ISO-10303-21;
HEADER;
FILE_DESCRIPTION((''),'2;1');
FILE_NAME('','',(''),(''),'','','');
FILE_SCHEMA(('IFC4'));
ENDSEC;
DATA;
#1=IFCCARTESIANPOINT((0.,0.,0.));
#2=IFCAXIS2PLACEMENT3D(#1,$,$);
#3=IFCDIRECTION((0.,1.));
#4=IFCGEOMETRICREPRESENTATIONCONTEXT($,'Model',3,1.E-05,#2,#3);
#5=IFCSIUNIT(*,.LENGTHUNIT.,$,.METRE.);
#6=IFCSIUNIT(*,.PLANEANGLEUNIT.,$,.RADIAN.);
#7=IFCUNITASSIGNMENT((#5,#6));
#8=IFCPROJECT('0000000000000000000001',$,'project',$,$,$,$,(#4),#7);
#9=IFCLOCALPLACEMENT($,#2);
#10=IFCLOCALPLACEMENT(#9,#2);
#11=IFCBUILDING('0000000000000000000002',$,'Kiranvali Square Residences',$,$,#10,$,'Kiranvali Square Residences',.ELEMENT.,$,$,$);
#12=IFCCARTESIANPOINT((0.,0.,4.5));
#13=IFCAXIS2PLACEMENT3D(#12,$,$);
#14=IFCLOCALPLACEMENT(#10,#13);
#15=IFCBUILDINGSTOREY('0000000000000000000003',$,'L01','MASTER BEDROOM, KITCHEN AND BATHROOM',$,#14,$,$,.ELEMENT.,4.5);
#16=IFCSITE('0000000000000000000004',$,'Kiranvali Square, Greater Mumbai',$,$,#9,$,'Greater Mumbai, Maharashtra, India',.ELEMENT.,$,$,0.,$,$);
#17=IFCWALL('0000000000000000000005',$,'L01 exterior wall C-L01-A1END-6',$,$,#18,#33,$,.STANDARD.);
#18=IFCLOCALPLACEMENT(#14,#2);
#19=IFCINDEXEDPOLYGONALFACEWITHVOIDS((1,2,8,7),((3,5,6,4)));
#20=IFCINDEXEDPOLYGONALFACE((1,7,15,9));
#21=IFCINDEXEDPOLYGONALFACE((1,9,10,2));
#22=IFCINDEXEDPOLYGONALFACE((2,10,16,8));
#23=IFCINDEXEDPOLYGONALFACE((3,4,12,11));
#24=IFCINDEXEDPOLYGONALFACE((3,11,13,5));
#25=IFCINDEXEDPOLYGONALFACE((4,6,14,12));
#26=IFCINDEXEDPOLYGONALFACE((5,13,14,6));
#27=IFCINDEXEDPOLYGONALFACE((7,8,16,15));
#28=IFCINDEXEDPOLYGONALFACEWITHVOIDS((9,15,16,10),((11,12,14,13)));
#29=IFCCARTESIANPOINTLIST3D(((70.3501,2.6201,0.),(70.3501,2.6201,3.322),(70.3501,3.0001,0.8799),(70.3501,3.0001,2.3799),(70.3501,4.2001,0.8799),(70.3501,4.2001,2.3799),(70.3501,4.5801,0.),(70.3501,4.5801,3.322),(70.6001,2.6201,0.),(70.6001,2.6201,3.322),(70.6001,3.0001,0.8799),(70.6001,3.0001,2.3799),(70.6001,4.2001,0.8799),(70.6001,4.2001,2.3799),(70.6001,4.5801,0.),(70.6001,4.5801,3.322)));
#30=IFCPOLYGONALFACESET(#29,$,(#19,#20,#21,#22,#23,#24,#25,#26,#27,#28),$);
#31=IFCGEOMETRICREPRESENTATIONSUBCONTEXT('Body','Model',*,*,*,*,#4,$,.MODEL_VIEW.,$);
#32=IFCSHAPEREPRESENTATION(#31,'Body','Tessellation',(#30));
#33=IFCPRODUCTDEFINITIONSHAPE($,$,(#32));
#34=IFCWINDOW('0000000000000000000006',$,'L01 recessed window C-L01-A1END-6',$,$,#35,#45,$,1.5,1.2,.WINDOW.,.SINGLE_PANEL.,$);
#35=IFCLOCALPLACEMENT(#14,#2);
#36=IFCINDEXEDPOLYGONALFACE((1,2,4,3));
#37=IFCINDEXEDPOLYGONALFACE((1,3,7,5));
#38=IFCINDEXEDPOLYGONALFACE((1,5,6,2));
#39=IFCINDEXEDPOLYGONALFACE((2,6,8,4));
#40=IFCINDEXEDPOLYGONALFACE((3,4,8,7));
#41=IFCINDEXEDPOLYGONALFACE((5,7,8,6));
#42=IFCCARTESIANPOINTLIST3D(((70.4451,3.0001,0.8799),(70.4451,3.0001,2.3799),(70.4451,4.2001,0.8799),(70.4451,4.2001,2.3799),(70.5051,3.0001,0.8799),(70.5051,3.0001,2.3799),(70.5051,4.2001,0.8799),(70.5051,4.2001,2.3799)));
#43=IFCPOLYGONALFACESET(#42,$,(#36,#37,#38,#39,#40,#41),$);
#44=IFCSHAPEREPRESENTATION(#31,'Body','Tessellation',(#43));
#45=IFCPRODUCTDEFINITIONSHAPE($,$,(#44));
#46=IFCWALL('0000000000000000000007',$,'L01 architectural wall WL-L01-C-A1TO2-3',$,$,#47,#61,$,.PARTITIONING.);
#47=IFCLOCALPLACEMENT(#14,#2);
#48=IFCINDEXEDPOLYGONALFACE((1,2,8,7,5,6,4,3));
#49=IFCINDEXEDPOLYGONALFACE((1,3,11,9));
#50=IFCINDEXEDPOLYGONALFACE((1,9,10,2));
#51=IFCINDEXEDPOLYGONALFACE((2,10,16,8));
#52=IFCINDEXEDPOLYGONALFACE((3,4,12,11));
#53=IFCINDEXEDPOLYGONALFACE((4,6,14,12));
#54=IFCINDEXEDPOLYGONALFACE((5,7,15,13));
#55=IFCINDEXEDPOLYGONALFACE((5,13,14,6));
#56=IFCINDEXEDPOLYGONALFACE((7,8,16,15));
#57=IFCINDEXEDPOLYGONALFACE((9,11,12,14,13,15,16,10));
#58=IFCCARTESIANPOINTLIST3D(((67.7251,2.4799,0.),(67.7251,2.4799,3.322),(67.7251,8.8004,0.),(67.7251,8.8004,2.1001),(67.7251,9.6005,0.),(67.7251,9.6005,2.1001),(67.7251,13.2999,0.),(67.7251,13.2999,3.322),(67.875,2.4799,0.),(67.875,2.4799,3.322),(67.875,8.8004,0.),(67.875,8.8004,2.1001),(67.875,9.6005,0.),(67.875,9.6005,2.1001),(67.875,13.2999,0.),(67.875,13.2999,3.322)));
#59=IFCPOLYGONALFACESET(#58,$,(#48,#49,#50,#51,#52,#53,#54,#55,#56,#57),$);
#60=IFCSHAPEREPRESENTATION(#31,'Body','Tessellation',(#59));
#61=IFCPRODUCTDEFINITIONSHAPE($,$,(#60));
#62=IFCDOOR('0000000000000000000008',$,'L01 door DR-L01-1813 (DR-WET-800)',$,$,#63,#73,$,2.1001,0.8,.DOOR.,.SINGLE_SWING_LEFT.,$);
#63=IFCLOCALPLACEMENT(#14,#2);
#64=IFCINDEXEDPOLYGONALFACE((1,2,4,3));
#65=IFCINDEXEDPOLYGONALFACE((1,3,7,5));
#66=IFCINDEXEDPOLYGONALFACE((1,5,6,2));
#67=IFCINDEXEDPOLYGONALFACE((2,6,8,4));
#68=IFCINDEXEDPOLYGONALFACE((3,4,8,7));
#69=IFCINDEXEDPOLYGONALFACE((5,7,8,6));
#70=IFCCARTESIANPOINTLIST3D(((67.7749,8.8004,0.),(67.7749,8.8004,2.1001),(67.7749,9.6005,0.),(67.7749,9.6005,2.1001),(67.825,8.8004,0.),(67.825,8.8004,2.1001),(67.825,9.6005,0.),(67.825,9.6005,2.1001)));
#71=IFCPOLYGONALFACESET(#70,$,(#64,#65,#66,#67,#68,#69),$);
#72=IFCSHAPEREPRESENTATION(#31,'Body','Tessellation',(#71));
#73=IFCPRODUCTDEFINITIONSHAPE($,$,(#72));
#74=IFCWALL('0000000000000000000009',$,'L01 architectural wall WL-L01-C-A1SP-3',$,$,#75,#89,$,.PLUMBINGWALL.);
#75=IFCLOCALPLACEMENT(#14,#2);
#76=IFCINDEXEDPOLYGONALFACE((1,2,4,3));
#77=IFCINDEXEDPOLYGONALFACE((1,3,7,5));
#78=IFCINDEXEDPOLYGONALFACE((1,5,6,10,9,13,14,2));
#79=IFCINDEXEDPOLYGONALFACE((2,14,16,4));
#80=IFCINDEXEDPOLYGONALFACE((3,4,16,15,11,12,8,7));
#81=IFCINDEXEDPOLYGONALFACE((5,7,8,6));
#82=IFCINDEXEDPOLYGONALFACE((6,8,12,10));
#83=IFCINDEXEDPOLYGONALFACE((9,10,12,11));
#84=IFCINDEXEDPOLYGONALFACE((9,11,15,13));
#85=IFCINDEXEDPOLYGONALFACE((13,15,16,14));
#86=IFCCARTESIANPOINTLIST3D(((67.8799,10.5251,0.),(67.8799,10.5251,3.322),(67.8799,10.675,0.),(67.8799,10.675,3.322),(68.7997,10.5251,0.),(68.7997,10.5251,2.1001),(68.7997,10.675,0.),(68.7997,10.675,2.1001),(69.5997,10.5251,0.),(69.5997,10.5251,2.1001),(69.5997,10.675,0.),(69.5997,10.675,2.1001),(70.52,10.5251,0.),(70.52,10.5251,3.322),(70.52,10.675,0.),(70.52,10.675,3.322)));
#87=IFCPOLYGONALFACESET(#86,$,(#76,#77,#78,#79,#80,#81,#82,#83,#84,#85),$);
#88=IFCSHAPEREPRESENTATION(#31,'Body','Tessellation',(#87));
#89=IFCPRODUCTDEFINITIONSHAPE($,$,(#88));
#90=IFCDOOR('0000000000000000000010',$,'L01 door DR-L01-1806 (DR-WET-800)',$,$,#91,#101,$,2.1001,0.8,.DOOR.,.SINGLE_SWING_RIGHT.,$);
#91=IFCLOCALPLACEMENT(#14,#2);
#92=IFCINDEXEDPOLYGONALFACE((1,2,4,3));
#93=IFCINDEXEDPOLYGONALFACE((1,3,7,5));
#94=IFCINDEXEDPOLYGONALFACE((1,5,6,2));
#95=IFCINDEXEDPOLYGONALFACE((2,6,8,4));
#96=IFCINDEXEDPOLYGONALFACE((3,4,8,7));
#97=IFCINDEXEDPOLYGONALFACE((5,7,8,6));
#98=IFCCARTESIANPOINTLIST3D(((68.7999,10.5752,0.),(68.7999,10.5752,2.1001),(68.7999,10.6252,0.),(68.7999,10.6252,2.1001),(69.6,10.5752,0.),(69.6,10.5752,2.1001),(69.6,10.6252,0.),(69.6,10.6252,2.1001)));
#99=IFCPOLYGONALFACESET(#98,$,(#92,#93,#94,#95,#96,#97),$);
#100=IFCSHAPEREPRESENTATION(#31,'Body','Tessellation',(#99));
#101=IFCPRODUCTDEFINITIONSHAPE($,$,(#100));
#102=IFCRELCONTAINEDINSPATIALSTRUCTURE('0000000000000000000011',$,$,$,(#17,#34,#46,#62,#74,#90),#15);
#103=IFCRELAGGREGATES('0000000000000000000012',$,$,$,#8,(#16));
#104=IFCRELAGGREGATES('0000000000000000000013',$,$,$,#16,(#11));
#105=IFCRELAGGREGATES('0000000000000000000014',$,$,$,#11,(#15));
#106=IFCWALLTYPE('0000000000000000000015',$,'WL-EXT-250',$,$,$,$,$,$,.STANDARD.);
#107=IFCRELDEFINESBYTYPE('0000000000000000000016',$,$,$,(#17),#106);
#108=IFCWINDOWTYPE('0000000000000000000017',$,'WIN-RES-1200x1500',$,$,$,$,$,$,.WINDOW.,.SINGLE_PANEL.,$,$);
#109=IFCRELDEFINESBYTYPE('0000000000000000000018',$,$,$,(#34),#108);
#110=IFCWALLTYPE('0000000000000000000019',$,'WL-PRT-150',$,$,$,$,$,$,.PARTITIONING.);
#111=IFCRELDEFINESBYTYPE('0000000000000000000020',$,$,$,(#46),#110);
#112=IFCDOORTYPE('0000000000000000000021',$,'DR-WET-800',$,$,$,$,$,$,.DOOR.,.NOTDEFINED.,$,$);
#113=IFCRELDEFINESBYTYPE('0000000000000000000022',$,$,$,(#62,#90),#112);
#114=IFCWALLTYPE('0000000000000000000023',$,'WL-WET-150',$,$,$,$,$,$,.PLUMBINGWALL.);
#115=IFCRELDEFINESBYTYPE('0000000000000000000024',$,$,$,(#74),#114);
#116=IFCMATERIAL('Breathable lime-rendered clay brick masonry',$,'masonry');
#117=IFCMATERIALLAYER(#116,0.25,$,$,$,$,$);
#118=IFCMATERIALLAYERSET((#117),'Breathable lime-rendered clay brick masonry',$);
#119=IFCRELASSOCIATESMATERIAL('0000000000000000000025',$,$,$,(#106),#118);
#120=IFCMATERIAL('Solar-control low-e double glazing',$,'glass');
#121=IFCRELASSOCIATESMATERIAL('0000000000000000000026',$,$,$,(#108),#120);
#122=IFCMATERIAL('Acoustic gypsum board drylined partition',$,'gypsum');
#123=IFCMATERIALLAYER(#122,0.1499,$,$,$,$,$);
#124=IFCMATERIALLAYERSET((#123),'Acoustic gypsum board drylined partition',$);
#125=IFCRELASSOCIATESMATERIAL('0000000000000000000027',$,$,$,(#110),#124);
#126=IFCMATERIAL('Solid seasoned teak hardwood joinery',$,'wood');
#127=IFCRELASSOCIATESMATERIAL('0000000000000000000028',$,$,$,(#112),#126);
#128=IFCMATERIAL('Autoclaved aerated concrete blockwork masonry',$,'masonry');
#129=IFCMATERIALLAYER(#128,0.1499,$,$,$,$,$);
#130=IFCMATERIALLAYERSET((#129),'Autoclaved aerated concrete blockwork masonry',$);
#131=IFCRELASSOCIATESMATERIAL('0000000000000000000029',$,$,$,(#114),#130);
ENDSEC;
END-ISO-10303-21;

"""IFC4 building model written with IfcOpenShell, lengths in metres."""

from ifc_helpers import new_model, si_unit, direction, frame, frame_2d, origin, place, context, subcontext, project, spatial, rectangle, extrude, material, layer, layer_set, type_object, element, fill, save


model = new_model("IFC4")

# Units and contexts
model_context = context("Model", 3, precision=1e-05, world=origin(), true_north=direction((0.0, 1.0)))
body_context = subcontext(model_context, "Body", "Model", "MODEL_VIEW")
ifc_project = project(units=[si_unit("LENGTHUNIT", "METRE"), si_unit("PLANEANGLEUNIT", "RADIAN")], contexts=[model_context])

# Site, building, storey
site_placement = place(None, origin())
site = spatial("IfcSite", under=ifc_project, at=site_placement, Name="Kiranvali Square, Greater Mumbai", LongName="Greater Mumbai, Maharashtra, India", CompositionType="ELEMENT", RefElevation=0.0)
building_placement = place(site_placement, origin())
building = spatial("IfcBuilding", under=site, at=building_placement, Name="Kiranvali Square Residences", LongName="Kiranvali Square Residences", CompositionType="ELEMENT")
storey_placement = place(building_placement, frame((0.0, 0.0, 4.5)))
storey = spatial("IfcBuildingStorey", under=building, at=storey_placement, Name="L01", Description="MASTER BEDROOM, KITCHEN AND BATHROOM", CompositionType="ELEMENT", Elevation=4.5)

# Wall, opening, window
ifc_material_1 = material(Name="Breathable lime-rendered clay brick masonry", Category="masonry")
ifc_layer_1 = layer(ifc_material_1, 0.25)
ifc_layer_set_1 = layer_set([ifc_layer_1], Name="Breathable lime-rendered clay brick masonry")
wall_type_1 = type_object("IfcWallType", Name="WL-EXT-250", PredefinedType="STANDARD", material=ifc_layer_set_1)
ifc_material_2 = material(Name="Solar-control low-e double glazing", Category="glass")
wall_1_placement = place(storey_placement, frame((70.4751, 4.5801, 0.0), z_axis=(0.0, 0.0, 1.0), x_axis=(0.0, -1.0, 0.0)))
wall_1 = element("IfcWall", 1, at=wall_1_placement, inside=storey, type_object=wall_type_1, Name="L01 exterior wall C-L01-A1END-6", PredefinedType="STANDARD", context=body_context, shape_type="SweptSolid", body=[
    extrude(rectangle(XDim=1.96, YDim=0.25, at=frame_2d((0.98, 0.0))), origin(), (0.0, 0.0, 1.0), 3.322),
])
opening_1_placement = place(wall_1_placement, frame((0.3799, 0.0, 0.8799)))
opening_1 = element("IfcOpeningElement", 2, at=opening_1_placement, cuts=wall_1, PredefinedType="OPENING", context=body_context, shape_type="SweptSolid", body=[
    extrude(rectangle(XDim=1.2, YDim=1.5, at=frame_2d((0.6001, 0.75))), frame((0.0, 0.135, 0.0), z_axis=(0.0, -1.0, 0.0), x_axis=(1.0, 0.0, 0.0)), (0.0, 0.0, 1.0), 0.27),
])
window_type_1 = type_object("IfcWindowType", Name="WIN-RES-1200x1500", PartitioningType="SINGLE_PANEL", PredefinedType="WINDOW", material=ifc_material_2)
window_1_placement = place(opening_1_placement, origin())
window_1 = element("IfcWindow", 3, at=window_1_placement, inside=storey, type_object=window_type_1, Name="L01 recessed window C-L01-A1END-6", OverallHeight=1.5, OverallWidth=1.2, PartitioningType="SINGLE_PANEL", PredefinedType="WINDOW", context=body_context, shape_type="SweptSolid", body=[
    extrude(rectangle(XDim=1.2, YDim=1.5, at=frame_2d((0.6001, 0.75))), frame((0.0, 0.03, 0.0), z_axis=(0.0, -1.0, 0.0), x_axis=(1.0, 0.0, 0.0)), (0.0, 0.0, 1.0), 0.0601),
])
fill(opening_1, window_1)

# Walls, openings, doors
ifc_material_3 = material(Name="Acoustic gypsum board drylined partition", Category="gypsum")
ifc_layer_2 = layer(ifc_material_3, 0.1499)
ifc_layer_set_2 = layer_set([ifc_layer_2], Name="Acoustic gypsum board drylined partition")
wall_type_2 = type_object("IfcWallType", Name="WL-PRT-150", PredefinedType="PARTITIONING", material=ifc_layer_set_2)
wall_2_placement = place(storey_placement, frame((67.8, 13.3, 0.0), z_axis=(0.0, 0.0, 1.0), x_axis=(0.0, -1.0, 0.0)))
wall_2 = element("IfcWall", 4, at=wall_2_placement, inside=storey, type_object=wall_type_2, Name="L01 architectural wall WL-L01-C-A1TO2-3", PredefinedType="PARTITIONING", context=body_context, shape_type="SweptSolid", body=[
    extrude(rectangle(XDim=10.8201, YDim=0.1499, at=frame_2d((5.4102, 0.0))), origin(), (0.0, 0.0, 1.0), 3.322),
])
opening_2_placement = place(wall_2_placement, frame((3.6997, 0.0, 0.0)))
opening_2 = element("IfcOpeningElement", 5, at=opening_2_placement, cuts=wall_2, PredefinedType="OPENING", context=body_context, shape_type="SweptSolid", body=[
    extrude(rectangle(XDim=0.8, YDim=2.1001, at=frame_2d((0.3999, 1.05))), frame((0.0, 0.085, 0.0), z_axis=(0.0, -1.0, 0.0), x_axis=(1.0, 0.0, 0.0)), (0.0, 0.0, 1.0), 0.1699),
])
ifc_material_4 = material(Name="Solid seasoned teak hardwood joinery", Category="wood")
door_type = type_object("IfcDoorType", Name="DR-WET-800", OperationType="NOTDEFINED", PredefinedType="DOOR", material=ifc_material_4)
door_1_placement = place(opening_2_placement, origin())
door_1 = element("IfcDoor", 6, at=door_1_placement, inside=storey, type_object=door_type, Name="L01 door DR-L01-1813 (DR-WET-800)", OperationType="SINGLE_SWING_LEFT", OverallHeight=2.1001, OverallWidth=0.8, PredefinedType="DOOR", context=body_context, shape_type="SweptSolid", body=[
    extrude(rectangle(XDim=0.8, YDim=2.1001, at=frame_2d((0.3999, 1.05))), frame((0.0, 0.0249, 0.0), z_axis=(0.0, -1.0, 0.0), x_axis=(1.0, 0.0, 0.0)), (0.0, 0.0, 1.0), 0.05),
])
fill(opening_2, door_1)
ifc_material_5 = material(Name="Autoclaved aerated concrete blockwork masonry", Category="masonry")
ifc_layer_3 = layer(ifc_material_5, 0.1499)
ifc_layer_set_3 = layer_set([ifc_layer_3], Name="Autoclaved aerated concrete blockwork masonry")
wall_type_3 = type_object("IfcWallType", Name="WL-WET-150", PredefinedType="PLUMBINGWALL", material=ifc_layer_set_3)
wall_3_placement = place(storey_placement, frame((67.8799, 10.6001, 0.0), z_axis=(0.0, 0.0, 1.0), x_axis=(1.0, 0.0, 0.0)))
wall_3 = element("IfcWall", 7, at=wall_3_placement, inside=storey, type_object=wall_type_3, Name="L01 architectural wall WL-L01-C-A1SP-3", PredefinedType="PLUMBINGWALL", context=body_context, shape_type="SweptSolid", body=[
    extrude(rectangle(XDim=2.6401, YDim=0.1499, at=frame_2d((1.3201, 0.0))), origin(), (0.0, 0.0, 1.0), 3.322),
])
opening_3_placement = place(wall_3_placement, frame((0.9199, 0.0, 0.0)))
opening_3 = element("IfcOpeningElement", 8, at=opening_3_placement, cuts=wall_3, PredefinedType="OPENING", context=body_context, shape_type="SweptSolid", body=[
    extrude(rectangle(XDim=0.8, YDim=2.1001, at=frame_2d((0.3999, 1.05))), frame((0.0, 0.085, 0.0), z_axis=(0.0, -1.0, 0.0), x_axis=(1.0, 0.0, 0.0)), (0.0, 0.0, 1.0), 0.1699),
])
door_2_placement = place(opening_3_placement, frame((0.8, 0.0, 0.0), z_axis=(0.0, 0.0, 1.0), x_axis=(-1.0, 0.0, 0.0)))
door_2 = element("IfcDoor", 9, at=door_2_placement, inside=storey, type_object=door_type, Name="L01 door DR-L01-1806 (DR-WET-800)", OperationType="SINGLE_SWING_RIGHT", OverallHeight=2.1001, OverallWidth=0.8, PredefinedType="DOOR", context=body_context, shape_type="SweptSolid", body=[
    extrude(rectangle(XDim=0.8, YDim=2.1001, at=frame_2d((0.3999, 1.05))), frame((0.0, 0.0249, 0.0), z_axis=(0.0, -1.0, 0.0), x_axis=(1.0, 0.0, 0.0)), (0.0, 0.0, 1.0), 0.05),
])
fill(opening_3, door_2)

save(model, "model.ifc")
